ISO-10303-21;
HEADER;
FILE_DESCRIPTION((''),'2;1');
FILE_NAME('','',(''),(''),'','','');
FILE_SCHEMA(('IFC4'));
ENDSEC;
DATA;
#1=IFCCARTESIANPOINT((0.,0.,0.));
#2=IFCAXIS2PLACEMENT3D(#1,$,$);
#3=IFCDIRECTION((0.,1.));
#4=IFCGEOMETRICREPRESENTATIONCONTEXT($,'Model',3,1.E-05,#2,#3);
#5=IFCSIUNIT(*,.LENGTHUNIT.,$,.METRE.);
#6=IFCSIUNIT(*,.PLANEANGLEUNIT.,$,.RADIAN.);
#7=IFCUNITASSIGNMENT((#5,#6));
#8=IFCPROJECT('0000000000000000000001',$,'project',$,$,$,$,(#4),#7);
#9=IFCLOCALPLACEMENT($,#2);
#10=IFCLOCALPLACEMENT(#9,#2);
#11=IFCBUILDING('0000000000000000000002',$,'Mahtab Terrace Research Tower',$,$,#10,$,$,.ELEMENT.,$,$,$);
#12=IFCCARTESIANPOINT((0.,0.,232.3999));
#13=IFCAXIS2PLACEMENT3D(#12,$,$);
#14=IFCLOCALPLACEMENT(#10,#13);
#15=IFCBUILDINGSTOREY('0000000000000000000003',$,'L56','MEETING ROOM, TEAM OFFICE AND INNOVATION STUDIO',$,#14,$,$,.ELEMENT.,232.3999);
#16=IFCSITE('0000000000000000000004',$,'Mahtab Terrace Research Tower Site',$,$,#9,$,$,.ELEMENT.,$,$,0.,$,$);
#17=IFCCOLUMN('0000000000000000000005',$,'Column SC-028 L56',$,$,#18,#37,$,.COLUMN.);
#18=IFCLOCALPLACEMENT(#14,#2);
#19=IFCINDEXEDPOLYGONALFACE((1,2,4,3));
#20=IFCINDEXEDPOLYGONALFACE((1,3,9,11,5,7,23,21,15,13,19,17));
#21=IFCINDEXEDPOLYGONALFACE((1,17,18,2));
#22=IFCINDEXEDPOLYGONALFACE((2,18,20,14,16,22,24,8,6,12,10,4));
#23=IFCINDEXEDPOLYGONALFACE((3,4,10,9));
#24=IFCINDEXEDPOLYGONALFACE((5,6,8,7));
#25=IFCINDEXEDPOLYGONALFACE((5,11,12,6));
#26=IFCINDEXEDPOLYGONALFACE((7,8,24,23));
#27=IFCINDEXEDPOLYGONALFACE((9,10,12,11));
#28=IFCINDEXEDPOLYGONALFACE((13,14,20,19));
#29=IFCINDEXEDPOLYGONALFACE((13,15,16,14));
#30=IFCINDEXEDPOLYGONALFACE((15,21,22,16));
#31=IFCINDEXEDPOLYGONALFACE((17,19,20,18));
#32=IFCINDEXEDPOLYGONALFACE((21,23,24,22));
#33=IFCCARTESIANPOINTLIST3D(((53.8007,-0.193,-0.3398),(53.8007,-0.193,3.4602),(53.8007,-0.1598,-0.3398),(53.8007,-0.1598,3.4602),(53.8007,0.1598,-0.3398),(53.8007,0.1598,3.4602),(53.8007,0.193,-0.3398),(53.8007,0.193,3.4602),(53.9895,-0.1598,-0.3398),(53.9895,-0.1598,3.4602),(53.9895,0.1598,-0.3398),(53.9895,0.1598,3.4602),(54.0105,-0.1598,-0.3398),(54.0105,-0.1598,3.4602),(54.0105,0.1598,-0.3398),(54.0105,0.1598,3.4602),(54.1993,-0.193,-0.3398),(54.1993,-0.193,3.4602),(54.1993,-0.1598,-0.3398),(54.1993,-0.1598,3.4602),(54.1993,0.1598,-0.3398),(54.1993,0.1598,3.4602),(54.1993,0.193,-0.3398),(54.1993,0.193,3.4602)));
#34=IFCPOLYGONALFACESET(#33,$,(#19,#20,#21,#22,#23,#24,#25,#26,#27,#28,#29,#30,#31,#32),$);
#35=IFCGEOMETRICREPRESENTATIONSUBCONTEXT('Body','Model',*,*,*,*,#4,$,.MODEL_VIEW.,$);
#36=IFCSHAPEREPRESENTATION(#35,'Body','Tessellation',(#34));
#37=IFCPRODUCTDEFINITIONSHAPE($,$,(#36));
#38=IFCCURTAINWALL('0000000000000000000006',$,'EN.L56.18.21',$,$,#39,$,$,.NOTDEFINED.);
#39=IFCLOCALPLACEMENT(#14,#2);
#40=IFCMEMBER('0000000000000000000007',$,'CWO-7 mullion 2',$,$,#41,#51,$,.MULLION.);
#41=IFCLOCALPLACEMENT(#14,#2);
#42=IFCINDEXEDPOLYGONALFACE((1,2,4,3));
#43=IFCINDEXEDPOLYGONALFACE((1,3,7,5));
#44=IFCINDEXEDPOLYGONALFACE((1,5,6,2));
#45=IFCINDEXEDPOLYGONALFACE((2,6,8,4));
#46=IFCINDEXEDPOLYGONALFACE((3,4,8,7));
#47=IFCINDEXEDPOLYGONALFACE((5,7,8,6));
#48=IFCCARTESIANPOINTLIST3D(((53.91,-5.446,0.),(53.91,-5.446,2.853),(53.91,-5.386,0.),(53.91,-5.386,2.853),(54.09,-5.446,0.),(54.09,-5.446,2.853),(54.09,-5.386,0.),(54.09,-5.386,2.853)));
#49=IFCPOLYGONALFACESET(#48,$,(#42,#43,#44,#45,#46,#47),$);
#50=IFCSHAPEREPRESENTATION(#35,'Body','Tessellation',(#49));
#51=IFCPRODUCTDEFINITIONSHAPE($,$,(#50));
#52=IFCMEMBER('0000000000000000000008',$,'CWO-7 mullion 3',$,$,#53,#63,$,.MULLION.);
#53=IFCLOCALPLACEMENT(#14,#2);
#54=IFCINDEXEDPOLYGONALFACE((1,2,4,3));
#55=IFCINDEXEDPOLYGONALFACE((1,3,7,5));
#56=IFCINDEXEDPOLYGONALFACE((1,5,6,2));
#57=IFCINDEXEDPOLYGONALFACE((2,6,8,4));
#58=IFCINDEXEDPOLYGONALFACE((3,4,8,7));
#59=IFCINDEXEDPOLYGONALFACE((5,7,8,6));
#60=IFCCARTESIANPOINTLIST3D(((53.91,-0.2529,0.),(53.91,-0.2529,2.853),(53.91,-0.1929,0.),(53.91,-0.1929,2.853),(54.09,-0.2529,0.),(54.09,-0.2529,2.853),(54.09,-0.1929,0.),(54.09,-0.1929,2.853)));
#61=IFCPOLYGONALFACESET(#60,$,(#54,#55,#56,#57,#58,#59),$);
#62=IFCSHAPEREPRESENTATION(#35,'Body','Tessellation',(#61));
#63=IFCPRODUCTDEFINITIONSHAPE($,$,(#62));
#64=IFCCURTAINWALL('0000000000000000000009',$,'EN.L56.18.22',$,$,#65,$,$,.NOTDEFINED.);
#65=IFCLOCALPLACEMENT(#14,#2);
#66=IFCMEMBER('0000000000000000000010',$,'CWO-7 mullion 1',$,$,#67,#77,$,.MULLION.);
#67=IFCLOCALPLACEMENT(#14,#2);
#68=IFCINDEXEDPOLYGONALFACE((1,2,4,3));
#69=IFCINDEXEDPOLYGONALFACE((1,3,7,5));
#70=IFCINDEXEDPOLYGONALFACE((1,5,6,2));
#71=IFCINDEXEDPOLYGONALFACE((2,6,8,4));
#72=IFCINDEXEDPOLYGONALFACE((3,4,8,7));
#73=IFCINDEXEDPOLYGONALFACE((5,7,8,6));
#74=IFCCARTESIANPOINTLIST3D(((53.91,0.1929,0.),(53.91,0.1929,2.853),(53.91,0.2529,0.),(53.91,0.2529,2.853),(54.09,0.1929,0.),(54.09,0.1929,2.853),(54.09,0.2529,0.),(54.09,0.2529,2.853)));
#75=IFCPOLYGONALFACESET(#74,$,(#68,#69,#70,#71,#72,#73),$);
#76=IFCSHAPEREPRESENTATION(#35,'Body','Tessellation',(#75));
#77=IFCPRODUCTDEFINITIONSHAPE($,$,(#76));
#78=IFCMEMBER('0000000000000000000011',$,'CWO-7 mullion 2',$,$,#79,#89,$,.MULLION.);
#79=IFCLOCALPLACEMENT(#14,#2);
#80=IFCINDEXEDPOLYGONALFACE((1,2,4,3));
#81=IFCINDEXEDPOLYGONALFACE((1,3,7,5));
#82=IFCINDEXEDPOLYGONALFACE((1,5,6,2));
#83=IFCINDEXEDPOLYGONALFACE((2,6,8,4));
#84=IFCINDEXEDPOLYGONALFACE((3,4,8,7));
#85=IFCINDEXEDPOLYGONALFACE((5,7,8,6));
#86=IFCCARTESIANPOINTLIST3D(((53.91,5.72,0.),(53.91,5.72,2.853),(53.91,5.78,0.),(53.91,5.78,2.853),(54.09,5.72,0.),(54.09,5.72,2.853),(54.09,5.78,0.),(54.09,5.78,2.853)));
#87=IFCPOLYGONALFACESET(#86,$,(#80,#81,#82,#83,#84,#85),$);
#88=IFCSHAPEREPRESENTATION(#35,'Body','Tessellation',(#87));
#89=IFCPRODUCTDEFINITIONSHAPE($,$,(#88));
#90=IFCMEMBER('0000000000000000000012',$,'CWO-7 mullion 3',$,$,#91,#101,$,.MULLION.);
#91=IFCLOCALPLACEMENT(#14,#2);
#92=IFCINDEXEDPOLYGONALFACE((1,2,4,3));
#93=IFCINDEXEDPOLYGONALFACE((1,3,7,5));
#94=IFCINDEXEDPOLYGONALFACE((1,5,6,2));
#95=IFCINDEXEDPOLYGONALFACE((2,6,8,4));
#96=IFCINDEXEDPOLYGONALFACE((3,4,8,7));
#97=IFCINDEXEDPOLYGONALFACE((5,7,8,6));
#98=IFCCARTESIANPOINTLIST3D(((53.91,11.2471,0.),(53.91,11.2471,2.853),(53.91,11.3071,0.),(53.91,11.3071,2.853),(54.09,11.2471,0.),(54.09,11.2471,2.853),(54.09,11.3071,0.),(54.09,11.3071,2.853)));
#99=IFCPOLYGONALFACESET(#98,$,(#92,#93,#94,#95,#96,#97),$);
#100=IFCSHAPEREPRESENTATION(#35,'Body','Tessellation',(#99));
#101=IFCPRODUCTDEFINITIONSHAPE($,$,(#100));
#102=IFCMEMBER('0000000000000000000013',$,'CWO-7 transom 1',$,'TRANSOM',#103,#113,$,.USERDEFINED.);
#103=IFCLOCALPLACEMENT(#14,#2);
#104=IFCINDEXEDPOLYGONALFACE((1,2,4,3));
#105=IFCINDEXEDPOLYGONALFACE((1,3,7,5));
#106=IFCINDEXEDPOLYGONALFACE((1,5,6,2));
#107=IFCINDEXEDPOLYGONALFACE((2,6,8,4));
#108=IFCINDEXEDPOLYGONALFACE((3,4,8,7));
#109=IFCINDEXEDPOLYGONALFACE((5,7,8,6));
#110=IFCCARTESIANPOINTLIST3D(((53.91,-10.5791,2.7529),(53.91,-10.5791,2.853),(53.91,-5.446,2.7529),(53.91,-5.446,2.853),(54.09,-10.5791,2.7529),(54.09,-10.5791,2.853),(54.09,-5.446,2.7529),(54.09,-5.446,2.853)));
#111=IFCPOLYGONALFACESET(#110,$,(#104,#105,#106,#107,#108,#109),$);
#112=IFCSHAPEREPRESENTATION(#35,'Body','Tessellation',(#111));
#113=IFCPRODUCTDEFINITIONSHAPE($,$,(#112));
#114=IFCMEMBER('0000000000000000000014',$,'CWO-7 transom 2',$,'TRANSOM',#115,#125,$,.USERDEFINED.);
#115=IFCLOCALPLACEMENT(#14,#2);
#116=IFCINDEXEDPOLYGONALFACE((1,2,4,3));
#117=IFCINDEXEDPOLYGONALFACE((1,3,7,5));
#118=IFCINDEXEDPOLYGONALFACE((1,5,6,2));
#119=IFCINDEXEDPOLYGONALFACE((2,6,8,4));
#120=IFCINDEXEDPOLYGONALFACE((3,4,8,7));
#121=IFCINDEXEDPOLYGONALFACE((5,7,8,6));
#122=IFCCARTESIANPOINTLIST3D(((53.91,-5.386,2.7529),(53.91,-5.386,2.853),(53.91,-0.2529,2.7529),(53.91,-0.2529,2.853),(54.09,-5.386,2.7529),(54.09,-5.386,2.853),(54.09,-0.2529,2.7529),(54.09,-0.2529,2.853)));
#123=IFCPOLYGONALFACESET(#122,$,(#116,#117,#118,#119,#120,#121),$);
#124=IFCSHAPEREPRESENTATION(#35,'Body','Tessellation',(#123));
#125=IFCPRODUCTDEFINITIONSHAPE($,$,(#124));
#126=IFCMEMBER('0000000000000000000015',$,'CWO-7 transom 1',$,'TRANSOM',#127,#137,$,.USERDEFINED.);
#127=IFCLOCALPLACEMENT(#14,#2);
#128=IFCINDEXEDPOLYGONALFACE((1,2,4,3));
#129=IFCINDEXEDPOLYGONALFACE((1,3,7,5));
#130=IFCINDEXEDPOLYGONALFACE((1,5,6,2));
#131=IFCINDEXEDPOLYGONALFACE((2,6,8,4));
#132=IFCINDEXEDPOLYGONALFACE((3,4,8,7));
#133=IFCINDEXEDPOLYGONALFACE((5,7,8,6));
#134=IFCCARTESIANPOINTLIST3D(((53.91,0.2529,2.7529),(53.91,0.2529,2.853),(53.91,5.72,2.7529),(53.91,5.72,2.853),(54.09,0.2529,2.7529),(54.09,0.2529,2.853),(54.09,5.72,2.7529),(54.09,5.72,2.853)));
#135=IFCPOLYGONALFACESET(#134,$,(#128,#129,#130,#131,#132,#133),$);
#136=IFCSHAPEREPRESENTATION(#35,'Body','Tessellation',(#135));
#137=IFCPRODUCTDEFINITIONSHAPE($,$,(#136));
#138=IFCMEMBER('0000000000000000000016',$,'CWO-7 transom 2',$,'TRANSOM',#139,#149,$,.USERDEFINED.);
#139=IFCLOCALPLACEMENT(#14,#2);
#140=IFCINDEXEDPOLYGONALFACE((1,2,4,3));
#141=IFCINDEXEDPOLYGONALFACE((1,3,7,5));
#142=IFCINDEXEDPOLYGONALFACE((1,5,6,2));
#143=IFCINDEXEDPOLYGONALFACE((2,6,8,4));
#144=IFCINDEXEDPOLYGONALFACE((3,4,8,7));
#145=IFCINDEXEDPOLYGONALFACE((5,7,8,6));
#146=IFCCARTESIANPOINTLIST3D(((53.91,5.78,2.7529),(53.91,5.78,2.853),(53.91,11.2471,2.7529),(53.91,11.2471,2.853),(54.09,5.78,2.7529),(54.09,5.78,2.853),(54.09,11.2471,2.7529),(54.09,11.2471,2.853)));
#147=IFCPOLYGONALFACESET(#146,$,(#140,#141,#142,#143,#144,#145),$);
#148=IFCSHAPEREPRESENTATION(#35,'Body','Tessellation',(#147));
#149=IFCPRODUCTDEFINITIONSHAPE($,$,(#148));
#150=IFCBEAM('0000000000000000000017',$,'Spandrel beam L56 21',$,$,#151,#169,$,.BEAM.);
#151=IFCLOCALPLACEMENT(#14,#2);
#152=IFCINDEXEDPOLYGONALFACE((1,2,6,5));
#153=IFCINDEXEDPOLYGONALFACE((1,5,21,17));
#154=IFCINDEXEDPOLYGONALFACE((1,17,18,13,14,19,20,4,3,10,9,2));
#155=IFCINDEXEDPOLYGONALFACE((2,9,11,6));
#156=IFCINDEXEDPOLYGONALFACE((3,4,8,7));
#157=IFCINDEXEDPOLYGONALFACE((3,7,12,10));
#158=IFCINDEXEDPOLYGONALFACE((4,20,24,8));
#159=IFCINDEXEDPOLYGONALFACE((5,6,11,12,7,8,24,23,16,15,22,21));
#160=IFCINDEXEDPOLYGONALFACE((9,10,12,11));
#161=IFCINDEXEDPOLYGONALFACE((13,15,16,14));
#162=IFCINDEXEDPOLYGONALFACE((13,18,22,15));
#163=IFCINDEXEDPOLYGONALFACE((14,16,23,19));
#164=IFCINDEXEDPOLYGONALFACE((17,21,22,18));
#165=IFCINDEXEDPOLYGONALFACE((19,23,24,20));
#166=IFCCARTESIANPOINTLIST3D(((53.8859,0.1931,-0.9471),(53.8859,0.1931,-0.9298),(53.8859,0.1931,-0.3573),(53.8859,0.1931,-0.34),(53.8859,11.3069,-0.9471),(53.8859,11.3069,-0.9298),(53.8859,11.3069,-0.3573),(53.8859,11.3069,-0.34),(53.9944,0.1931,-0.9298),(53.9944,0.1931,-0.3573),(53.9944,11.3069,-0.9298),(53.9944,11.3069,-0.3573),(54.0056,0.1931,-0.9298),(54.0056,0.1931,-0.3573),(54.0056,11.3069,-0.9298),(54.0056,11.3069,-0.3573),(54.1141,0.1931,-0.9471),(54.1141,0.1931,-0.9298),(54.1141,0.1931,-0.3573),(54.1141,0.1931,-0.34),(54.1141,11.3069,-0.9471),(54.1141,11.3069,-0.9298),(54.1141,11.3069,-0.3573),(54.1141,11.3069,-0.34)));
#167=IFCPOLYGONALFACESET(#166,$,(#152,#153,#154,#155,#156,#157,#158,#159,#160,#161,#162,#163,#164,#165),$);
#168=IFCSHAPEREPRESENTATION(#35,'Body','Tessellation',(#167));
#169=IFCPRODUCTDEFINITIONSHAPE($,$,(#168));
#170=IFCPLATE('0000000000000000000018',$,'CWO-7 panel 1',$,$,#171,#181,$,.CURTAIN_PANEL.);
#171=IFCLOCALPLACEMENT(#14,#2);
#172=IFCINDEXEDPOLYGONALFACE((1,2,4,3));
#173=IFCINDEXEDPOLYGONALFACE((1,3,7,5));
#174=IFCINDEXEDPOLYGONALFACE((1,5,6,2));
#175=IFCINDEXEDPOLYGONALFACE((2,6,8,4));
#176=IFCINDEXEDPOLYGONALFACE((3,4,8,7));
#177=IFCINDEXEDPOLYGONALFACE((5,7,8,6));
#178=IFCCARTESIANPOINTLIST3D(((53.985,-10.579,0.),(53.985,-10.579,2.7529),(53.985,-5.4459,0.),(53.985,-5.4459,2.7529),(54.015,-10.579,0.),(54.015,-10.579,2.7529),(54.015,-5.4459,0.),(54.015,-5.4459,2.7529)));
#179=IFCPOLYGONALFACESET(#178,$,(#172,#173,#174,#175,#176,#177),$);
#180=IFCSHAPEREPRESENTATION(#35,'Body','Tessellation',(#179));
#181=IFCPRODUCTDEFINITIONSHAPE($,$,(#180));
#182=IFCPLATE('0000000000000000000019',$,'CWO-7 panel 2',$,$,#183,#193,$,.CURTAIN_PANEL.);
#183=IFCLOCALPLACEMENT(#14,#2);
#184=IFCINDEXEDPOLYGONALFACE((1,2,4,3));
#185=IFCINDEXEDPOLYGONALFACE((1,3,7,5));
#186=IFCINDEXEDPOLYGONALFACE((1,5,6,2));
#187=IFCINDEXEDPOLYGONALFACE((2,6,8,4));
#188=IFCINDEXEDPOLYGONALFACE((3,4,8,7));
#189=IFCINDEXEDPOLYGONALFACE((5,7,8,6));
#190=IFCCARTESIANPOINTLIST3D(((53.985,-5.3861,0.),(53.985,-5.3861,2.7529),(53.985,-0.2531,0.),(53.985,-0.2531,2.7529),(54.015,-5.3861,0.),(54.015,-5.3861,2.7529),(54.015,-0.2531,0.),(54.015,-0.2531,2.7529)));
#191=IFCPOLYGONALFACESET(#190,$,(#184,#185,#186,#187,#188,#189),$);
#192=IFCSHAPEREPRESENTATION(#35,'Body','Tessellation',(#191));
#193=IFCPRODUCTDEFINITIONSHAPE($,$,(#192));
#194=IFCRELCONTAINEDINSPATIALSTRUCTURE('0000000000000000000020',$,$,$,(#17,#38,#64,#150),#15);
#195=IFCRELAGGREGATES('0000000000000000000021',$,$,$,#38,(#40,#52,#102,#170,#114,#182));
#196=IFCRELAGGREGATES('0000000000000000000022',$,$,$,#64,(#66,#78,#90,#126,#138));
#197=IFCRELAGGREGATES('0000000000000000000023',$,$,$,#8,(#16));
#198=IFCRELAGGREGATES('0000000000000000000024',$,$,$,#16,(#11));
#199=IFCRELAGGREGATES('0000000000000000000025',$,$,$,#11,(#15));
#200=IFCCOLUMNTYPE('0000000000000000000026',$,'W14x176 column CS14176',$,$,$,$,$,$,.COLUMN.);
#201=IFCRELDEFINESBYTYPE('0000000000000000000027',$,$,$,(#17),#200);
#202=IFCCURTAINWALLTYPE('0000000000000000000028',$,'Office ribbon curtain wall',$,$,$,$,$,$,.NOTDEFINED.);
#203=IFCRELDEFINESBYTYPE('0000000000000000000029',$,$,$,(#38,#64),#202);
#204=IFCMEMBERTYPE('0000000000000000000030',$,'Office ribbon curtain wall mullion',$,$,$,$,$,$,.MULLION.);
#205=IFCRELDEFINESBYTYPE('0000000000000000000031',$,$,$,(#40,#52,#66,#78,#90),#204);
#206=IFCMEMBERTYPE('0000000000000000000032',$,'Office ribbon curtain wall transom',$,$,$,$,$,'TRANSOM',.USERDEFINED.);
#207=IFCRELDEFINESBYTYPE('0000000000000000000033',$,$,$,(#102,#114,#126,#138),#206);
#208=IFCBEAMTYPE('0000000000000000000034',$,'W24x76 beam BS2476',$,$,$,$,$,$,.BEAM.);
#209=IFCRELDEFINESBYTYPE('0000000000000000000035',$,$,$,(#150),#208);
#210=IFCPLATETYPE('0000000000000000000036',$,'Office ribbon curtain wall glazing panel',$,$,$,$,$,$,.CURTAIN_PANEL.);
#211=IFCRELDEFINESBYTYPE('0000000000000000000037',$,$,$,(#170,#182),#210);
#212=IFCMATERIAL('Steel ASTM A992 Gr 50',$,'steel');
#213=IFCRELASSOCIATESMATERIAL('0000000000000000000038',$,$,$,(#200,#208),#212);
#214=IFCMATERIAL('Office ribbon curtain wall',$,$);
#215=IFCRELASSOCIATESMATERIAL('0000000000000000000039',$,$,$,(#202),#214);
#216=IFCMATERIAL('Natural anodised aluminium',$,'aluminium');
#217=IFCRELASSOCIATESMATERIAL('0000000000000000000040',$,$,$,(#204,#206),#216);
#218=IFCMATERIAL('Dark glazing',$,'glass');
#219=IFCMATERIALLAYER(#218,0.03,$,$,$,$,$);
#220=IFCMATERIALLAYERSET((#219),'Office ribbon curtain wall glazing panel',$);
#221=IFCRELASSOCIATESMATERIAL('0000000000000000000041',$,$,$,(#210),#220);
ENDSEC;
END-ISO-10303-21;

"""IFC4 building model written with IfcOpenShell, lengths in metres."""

from ifc_helpers import new_model, si_unit, direction, frame, origin, origin_2d, place, context, subcontext, project, spatial, rectangle, i_section, extrude, material, layer, layer_set, material_profile, profile_set, type_object, element, aggregate, save


model = new_model("IFC4")

# Units and contexts
model_context = context("Model", 3, precision=1e-05, world=origin(), true_north=direction((0.0, 1.0)))
body_context = subcontext(model_context, "Body", "Model", "MODEL_VIEW")
ifc_project = project(units=[si_unit("LENGTHUNIT", "METRE"), si_unit("PLANEANGLEUNIT", "RADIAN")], contexts=[model_context])

# Site, building, storey
site_placement = place(None, origin())
site = spatial("IfcSite", under=ifc_project, at=site_placement, Name="Mahtab Terrace Research Tower Site", CompositionType="ELEMENT", RefElevation=0.0)
building_placement = place(site_placement, origin())
building = spatial("IfcBuilding", under=site, at=building_placement, Name="Mahtab Terrace Research Tower", CompositionType="ELEMENT")
storey_placement = place(building_placement, frame((0.0, 0.0, 232.3999)))
storey = spatial("IfcBuildingStorey", under=building, at=storey_placement, Name="L56", Description="MEETING ROOM, TEAM OFFICE AND INNOVATION STUDIO", CompositionType="ELEMENT", Elevation=232.3999)

# Column
ifc_material_1 = material(Name="Steel ASTM A992 Gr 50", Category="steel")
ifc_material_profile_1 = material_profile(ifc_material_1, i_section(OverallWidth=0.3987, OverallDepth=0.386, WebThickness=0.021, FlangeThickness=0.0332, at=origin_2d()), Name="W14X176")
ifc_profile_set_1 = profile_set([ifc_material_profile_1], Name="Steel ASTM A992 Gr 50")
column_type = type_object("IfcColumnType", Name="W14x176 column CS14176", PredefinedType="COLUMN", material=ifc_profile_set_1)
column_placement = place(storey_placement, frame((54.0, 0.0, -0.3398), z_axis=(0.0, 0.0, 1.0), x_axis=(1.0, 0.0, 0.0)))
element("IfcColumn", 1, at=column_placement, inside=storey, type_object=column_type, Name="Column SC-028 L56", PredefinedType="COLUMN", context=body_context, shape_type="SweptSolid", body=[
    extrude(i_section(OverallWidth=0.3987, OverallDepth=0.386, WebThickness=0.021, FlangeThickness=0.0332, at=origin_2d()), origin(), (0.0, 0.0, 1.0), 3.8),
])

# Curtain walls, members
ifc_material_2 = material(Name="Office ribbon curtain wall")
curtain_wall_type = type_object("IfcCurtainWallType", Name="Office ribbon curtain wall", PredefinedType="NOTDEFINED", material=ifc_material_2)
curtain_wall_1_placement = place(storey_placement, origin())
curtain_wall_1 = element("IfcCurtainWall", 2, at=curtain_wall_1_placement, inside=storey, type_object=curtain_wall_type, Name="EN.L56.18.21", PredefinedType="NOTDEFINED")
ifc_material_3 = material(Name="Natural anodised aluminium", Category="aluminium")
ifc_material_profile_2 = material_profile(ifc_material_3, rectangle(XDim=0.1799, YDim=0.0601, at=origin_2d()), Name="MULLION 60x180")
ifc_profile_set_2 = profile_set([ifc_material_profile_2], Name="Natural anodised aluminium")
member_type_1 = type_object("IfcMemberType", Name="Office ribbon curtain wall mullion", PredefinedType="MULLION", material=ifc_profile_set_2)
member_1_placement = place(storey_placement, frame((54.0, -5.416, 0.0), z_axis=(0.0, 0.0, 1.0), x_axis=(-1.0, 0.0, 0.0)))
member_1 = element("IfcMember", 3, at=member_1_placement, type_object=member_type_1, Name="CWO-7 mullion 2", PredefinedType="MULLION", context=body_context, shape_type="SweptSolid", body=[
    extrude(rectangle(XDim=0.1799, YDim=0.0601, at=origin_2d()), origin(), (0.0, 0.0, 1.0), 2.853),
])
member_2_placement = place(storey_placement, frame((54.0, -0.2229, 0.0), z_axis=(0.0, 0.0, 1.0), x_axis=(-1.0, 0.0, 0.0)))
member_2 = element("IfcMember", 4, at=member_2_placement, type_object=member_type_1, Name="CWO-7 mullion 3", PredefinedType="MULLION", context=body_context, shape_type="SweptSolid", body=[
    extrude(rectangle(XDim=0.1799, YDim=0.0601, at=origin_2d()), origin(), (0.0, 0.0, 1.0), 2.853),
])
curtain_wall_2_placement = place(storey_placement, origin())
curtain_wall_2 = element("IfcCurtainWall", 5, at=curtain_wall_2_placement, inside=storey, type_object=curtain_wall_type, Name="EN.L56.18.22", PredefinedType="NOTDEFINED")
member_3_placement = place(storey_placement, frame((54.0, 0.2229, 0.0), z_axis=(0.0, 0.0, 1.0), x_axis=(-1.0, 0.0, 0.0)))
member_3 = element("IfcMember", 6, at=member_3_placement, type_object=member_type_1, Name="CWO-7 mullion 1", PredefinedType="MULLION", context=body_context, shape_type="SweptSolid", body=[
    extrude(rectangle(XDim=0.1799, YDim=0.0601, at=origin_2d()), origin(), (0.0, 0.0, 1.0), 2.853),
])
member_4_placement = place(storey_placement, frame((54.0, 5.75, 0.0), z_axis=(0.0, 0.0, 1.0), x_axis=(-1.0, 0.0, 0.0)))
member_4 = element("IfcMember", 7, at=member_4_placement, type_object=member_type_1, Name="CWO-7 mullion 2", PredefinedType="MULLION", context=body_context, shape_type="SweptSolid", body=[
    extrude(rectangle(XDim=0.1799, YDim=0.0601, at=origin_2d()), origin(), (0.0, 0.0, 1.0), 2.853),
])
member_5_placement = place(storey_placement, frame((54.0, 11.2771, 0.0), z_axis=(0.0, 0.0, 1.0), x_axis=(-1.0, 0.0, 0.0)))
member_5 = element("IfcMember", 8, at=member_5_placement, type_object=member_type_1, Name="CWO-7 mullion 3", PredefinedType="MULLION", context=body_context, shape_type="SweptSolid", body=[
    extrude(rectangle(XDim=0.1799, YDim=0.0601, at=origin_2d()), origin(), (0.0, 0.0, 1.0), 2.853),
])

# Members
ifc_material_profile_3 = material_profile(ifc_material_3, rectangle(XDim=0.1799, YDim=0.1001, at=origin_2d()), Name="TRANSOM 100x180")
ifc_profile_set_3 = profile_set([ifc_material_profile_3], Name="Natural anodised aluminium")
member_type_2 = type_object("IfcMemberType", Name="Office ribbon curtain wall transom", ElementType="TRANSOM", PredefinedType="USERDEFINED", material=ifc_profile_set_3)
member_6_placement = place(storey_placement, frame((54.0, -10.5791, 2.803), z_axis=(0.0, 1.0, 0.0), x_axis=(-1.0, 0.0, 0.0)))
member_6 = element("IfcMember", 9, at=member_6_placement, type_object=member_type_2, Name="CWO-7 transom 1", ObjectType="TRANSOM", PredefinedType="USERDEFINED", context=body_context, shape_type="SweptSolid", body=[
    extrude(rectangle(XDim=0.1799, YDim=0.1001, at=origin_2d()), origin(), (0.0, 0.0, 1.0), 5.1331),
])
member_7_placement = place(storey_placement, frame((54.0, -5.386, 2.803), z_axis=(0.0, 1.0, 0.0), x_axis=(-1.0, 0.0, 0.0)))
member_7 = element("IfcMember", 10, at=member_7_placement, type_object=member_type_2, Name="CWO-7 transom 2", ObjectType="TRANSOM", PredefinedType="USERDEFINED", context=body_context, shape_type="SweptSolid", body=[
    extrude(rectangle(XDim=0.1799, YDim=0.1001, at=origin_2d()), origin(), (0.0, 0.0, 1.0), 5.1331),
])
member_8_placement = place(storey_placement, frame((54.0, 0.2529, 2.803), z_axis=(0.0, 1.0, 0.0), x_axis=(-1.0, 0.0, 0.0)))
member_8 = element("IfcMember", 11, at=member_8_placement, type_object=member_type_2, Name="CWO-7 transom 1", ObjectType="TRANSOM", PredefinedType="USERDEFINED", context=body_context, shape_type="SweptSolid", body=[
    extrude(rectangle(XDim=0.1799, YDim=0.1001, at=origin_2d()), origin(), (0.0, 0.0, 1.0), 5.467),
])
member_9_placement = place(storey_placement, frame((54.0, 5.78, 2.803), z_axis=(0.0, 1.0, 0.0), x_axis=(-1.0, 0.0, 0.0)))
member_9 = element("IfcMember", 12, at=member_9_placement, type_object=member_type_2, Name="CWO-7 transom 2", ObjectType="TRANSOM", PredefinedType="USERDEFINED", context=body_context, shape_type="SweptSolid", body=[
    extrude(rectangle(XDim=0.1799, YDim=0.1001, at=origin_2d()), origin(), (0.0, 0.0, 1.0), 5.467),
])

# Beam
ifc_material_profile_4 = material_profile(ifc_material_1, i_section(OverallWidth=0.2283, OverallDepth=0.6072, WebThickness=0.0112, FlangeThickness=0.0173, at=origin_2d()), Name="W24X76")
ifc_profile_set_4 = profile_set([ifc_material_profile_4], Name="Steel ASTM A992 Gr 50")
beam_type = type_object("IfcBeamType", Name="W24x76 beam BS2476", PredefinedType="BEAM", material=ifc_profile_set_4)
beam_placement = place(storey_placement, frame((54.0, 0.1931, -0.6436), z_axis=(0.0, 1.0, 0.0), x_axis=(-1.0, 0.0, 0.0)))
element("IfcBeam", 13, at=beam_placement, inside=storey, type_object=beam_type, Name="Spandrel beam L56 21", PredefinedType="BEAM", context=body_context, shape_type="SweptSolid", body=[
    extrude(i_section(OverallWidth=0.2283, OverallDepth=0.6072, WebThickness=0.0112, FlangeThickness=0.0173, at=origin_2d()), origin(), (0.0, 0.0, 1.0), 11.1138),
])

# Plates
ifc_material_4 = material(Name="Dark glazing", Category="glass")
ifc_layer = layer(ifc_material_4, 0.03)
ifc_layer_set = layer_set([ifc_layer], Name="Office ribbon curtain wall glazing panel")
plate_type = type_object("IfcPlateType", Name="Office ribbon curtain wall glazing panel", PredefinedType="CURTAIN_PANEL", material=ifc_layer_set)
plate_1_placement = place(storey_placement, frame((54.0, -8.0125, 0.0), z_axis=(0.0, 0.0, 1.0), x_axis=(0.0, 1.0, 0.0)))
plate_1 = element("IfcPlate", 14, at=plate_1_placement, type_object=plate_type, Name="CWO-7 panel 1", PredefinedType="CURTAIN_PANEL", context=body_context, shape_type="SweptSolid", body=[
    extrude(rectangle(XDim=5.1331, YDim=0.03, at=origin_2d()), origin(), (0.0, 0.0, 1.0), 2.7529),
])
plate_2_placement = place(storey_placement, frame((54.0, -2.8196, 0.0), z_axis=(0.0, 0.0, 1.0), x_axis=(0.0, 1.0, 0.0)))
plate_2 = element("IfcPlate", 15, at=plate_2_placement, type_object=plate_type, Name="CWO-7 panel 2", PredefinedType="CURTAIN_PANEL", context=body_context, shape_type="SweptSolid", body=[
    extrude(rectangle(XDim=5.1331, YDim=0.03, at=origin_2d()), origin(), (0.0, 0.0, 1.0), 2.7529),
])
aggregate(curtain_wall_1, [member_1, member_2, member_6, plate_1, member_7, plate_2])
aggregate(curtain_wall_2, [member_3, member_4, member_5, member_8, member_9])

save(model, "model.ifc")
